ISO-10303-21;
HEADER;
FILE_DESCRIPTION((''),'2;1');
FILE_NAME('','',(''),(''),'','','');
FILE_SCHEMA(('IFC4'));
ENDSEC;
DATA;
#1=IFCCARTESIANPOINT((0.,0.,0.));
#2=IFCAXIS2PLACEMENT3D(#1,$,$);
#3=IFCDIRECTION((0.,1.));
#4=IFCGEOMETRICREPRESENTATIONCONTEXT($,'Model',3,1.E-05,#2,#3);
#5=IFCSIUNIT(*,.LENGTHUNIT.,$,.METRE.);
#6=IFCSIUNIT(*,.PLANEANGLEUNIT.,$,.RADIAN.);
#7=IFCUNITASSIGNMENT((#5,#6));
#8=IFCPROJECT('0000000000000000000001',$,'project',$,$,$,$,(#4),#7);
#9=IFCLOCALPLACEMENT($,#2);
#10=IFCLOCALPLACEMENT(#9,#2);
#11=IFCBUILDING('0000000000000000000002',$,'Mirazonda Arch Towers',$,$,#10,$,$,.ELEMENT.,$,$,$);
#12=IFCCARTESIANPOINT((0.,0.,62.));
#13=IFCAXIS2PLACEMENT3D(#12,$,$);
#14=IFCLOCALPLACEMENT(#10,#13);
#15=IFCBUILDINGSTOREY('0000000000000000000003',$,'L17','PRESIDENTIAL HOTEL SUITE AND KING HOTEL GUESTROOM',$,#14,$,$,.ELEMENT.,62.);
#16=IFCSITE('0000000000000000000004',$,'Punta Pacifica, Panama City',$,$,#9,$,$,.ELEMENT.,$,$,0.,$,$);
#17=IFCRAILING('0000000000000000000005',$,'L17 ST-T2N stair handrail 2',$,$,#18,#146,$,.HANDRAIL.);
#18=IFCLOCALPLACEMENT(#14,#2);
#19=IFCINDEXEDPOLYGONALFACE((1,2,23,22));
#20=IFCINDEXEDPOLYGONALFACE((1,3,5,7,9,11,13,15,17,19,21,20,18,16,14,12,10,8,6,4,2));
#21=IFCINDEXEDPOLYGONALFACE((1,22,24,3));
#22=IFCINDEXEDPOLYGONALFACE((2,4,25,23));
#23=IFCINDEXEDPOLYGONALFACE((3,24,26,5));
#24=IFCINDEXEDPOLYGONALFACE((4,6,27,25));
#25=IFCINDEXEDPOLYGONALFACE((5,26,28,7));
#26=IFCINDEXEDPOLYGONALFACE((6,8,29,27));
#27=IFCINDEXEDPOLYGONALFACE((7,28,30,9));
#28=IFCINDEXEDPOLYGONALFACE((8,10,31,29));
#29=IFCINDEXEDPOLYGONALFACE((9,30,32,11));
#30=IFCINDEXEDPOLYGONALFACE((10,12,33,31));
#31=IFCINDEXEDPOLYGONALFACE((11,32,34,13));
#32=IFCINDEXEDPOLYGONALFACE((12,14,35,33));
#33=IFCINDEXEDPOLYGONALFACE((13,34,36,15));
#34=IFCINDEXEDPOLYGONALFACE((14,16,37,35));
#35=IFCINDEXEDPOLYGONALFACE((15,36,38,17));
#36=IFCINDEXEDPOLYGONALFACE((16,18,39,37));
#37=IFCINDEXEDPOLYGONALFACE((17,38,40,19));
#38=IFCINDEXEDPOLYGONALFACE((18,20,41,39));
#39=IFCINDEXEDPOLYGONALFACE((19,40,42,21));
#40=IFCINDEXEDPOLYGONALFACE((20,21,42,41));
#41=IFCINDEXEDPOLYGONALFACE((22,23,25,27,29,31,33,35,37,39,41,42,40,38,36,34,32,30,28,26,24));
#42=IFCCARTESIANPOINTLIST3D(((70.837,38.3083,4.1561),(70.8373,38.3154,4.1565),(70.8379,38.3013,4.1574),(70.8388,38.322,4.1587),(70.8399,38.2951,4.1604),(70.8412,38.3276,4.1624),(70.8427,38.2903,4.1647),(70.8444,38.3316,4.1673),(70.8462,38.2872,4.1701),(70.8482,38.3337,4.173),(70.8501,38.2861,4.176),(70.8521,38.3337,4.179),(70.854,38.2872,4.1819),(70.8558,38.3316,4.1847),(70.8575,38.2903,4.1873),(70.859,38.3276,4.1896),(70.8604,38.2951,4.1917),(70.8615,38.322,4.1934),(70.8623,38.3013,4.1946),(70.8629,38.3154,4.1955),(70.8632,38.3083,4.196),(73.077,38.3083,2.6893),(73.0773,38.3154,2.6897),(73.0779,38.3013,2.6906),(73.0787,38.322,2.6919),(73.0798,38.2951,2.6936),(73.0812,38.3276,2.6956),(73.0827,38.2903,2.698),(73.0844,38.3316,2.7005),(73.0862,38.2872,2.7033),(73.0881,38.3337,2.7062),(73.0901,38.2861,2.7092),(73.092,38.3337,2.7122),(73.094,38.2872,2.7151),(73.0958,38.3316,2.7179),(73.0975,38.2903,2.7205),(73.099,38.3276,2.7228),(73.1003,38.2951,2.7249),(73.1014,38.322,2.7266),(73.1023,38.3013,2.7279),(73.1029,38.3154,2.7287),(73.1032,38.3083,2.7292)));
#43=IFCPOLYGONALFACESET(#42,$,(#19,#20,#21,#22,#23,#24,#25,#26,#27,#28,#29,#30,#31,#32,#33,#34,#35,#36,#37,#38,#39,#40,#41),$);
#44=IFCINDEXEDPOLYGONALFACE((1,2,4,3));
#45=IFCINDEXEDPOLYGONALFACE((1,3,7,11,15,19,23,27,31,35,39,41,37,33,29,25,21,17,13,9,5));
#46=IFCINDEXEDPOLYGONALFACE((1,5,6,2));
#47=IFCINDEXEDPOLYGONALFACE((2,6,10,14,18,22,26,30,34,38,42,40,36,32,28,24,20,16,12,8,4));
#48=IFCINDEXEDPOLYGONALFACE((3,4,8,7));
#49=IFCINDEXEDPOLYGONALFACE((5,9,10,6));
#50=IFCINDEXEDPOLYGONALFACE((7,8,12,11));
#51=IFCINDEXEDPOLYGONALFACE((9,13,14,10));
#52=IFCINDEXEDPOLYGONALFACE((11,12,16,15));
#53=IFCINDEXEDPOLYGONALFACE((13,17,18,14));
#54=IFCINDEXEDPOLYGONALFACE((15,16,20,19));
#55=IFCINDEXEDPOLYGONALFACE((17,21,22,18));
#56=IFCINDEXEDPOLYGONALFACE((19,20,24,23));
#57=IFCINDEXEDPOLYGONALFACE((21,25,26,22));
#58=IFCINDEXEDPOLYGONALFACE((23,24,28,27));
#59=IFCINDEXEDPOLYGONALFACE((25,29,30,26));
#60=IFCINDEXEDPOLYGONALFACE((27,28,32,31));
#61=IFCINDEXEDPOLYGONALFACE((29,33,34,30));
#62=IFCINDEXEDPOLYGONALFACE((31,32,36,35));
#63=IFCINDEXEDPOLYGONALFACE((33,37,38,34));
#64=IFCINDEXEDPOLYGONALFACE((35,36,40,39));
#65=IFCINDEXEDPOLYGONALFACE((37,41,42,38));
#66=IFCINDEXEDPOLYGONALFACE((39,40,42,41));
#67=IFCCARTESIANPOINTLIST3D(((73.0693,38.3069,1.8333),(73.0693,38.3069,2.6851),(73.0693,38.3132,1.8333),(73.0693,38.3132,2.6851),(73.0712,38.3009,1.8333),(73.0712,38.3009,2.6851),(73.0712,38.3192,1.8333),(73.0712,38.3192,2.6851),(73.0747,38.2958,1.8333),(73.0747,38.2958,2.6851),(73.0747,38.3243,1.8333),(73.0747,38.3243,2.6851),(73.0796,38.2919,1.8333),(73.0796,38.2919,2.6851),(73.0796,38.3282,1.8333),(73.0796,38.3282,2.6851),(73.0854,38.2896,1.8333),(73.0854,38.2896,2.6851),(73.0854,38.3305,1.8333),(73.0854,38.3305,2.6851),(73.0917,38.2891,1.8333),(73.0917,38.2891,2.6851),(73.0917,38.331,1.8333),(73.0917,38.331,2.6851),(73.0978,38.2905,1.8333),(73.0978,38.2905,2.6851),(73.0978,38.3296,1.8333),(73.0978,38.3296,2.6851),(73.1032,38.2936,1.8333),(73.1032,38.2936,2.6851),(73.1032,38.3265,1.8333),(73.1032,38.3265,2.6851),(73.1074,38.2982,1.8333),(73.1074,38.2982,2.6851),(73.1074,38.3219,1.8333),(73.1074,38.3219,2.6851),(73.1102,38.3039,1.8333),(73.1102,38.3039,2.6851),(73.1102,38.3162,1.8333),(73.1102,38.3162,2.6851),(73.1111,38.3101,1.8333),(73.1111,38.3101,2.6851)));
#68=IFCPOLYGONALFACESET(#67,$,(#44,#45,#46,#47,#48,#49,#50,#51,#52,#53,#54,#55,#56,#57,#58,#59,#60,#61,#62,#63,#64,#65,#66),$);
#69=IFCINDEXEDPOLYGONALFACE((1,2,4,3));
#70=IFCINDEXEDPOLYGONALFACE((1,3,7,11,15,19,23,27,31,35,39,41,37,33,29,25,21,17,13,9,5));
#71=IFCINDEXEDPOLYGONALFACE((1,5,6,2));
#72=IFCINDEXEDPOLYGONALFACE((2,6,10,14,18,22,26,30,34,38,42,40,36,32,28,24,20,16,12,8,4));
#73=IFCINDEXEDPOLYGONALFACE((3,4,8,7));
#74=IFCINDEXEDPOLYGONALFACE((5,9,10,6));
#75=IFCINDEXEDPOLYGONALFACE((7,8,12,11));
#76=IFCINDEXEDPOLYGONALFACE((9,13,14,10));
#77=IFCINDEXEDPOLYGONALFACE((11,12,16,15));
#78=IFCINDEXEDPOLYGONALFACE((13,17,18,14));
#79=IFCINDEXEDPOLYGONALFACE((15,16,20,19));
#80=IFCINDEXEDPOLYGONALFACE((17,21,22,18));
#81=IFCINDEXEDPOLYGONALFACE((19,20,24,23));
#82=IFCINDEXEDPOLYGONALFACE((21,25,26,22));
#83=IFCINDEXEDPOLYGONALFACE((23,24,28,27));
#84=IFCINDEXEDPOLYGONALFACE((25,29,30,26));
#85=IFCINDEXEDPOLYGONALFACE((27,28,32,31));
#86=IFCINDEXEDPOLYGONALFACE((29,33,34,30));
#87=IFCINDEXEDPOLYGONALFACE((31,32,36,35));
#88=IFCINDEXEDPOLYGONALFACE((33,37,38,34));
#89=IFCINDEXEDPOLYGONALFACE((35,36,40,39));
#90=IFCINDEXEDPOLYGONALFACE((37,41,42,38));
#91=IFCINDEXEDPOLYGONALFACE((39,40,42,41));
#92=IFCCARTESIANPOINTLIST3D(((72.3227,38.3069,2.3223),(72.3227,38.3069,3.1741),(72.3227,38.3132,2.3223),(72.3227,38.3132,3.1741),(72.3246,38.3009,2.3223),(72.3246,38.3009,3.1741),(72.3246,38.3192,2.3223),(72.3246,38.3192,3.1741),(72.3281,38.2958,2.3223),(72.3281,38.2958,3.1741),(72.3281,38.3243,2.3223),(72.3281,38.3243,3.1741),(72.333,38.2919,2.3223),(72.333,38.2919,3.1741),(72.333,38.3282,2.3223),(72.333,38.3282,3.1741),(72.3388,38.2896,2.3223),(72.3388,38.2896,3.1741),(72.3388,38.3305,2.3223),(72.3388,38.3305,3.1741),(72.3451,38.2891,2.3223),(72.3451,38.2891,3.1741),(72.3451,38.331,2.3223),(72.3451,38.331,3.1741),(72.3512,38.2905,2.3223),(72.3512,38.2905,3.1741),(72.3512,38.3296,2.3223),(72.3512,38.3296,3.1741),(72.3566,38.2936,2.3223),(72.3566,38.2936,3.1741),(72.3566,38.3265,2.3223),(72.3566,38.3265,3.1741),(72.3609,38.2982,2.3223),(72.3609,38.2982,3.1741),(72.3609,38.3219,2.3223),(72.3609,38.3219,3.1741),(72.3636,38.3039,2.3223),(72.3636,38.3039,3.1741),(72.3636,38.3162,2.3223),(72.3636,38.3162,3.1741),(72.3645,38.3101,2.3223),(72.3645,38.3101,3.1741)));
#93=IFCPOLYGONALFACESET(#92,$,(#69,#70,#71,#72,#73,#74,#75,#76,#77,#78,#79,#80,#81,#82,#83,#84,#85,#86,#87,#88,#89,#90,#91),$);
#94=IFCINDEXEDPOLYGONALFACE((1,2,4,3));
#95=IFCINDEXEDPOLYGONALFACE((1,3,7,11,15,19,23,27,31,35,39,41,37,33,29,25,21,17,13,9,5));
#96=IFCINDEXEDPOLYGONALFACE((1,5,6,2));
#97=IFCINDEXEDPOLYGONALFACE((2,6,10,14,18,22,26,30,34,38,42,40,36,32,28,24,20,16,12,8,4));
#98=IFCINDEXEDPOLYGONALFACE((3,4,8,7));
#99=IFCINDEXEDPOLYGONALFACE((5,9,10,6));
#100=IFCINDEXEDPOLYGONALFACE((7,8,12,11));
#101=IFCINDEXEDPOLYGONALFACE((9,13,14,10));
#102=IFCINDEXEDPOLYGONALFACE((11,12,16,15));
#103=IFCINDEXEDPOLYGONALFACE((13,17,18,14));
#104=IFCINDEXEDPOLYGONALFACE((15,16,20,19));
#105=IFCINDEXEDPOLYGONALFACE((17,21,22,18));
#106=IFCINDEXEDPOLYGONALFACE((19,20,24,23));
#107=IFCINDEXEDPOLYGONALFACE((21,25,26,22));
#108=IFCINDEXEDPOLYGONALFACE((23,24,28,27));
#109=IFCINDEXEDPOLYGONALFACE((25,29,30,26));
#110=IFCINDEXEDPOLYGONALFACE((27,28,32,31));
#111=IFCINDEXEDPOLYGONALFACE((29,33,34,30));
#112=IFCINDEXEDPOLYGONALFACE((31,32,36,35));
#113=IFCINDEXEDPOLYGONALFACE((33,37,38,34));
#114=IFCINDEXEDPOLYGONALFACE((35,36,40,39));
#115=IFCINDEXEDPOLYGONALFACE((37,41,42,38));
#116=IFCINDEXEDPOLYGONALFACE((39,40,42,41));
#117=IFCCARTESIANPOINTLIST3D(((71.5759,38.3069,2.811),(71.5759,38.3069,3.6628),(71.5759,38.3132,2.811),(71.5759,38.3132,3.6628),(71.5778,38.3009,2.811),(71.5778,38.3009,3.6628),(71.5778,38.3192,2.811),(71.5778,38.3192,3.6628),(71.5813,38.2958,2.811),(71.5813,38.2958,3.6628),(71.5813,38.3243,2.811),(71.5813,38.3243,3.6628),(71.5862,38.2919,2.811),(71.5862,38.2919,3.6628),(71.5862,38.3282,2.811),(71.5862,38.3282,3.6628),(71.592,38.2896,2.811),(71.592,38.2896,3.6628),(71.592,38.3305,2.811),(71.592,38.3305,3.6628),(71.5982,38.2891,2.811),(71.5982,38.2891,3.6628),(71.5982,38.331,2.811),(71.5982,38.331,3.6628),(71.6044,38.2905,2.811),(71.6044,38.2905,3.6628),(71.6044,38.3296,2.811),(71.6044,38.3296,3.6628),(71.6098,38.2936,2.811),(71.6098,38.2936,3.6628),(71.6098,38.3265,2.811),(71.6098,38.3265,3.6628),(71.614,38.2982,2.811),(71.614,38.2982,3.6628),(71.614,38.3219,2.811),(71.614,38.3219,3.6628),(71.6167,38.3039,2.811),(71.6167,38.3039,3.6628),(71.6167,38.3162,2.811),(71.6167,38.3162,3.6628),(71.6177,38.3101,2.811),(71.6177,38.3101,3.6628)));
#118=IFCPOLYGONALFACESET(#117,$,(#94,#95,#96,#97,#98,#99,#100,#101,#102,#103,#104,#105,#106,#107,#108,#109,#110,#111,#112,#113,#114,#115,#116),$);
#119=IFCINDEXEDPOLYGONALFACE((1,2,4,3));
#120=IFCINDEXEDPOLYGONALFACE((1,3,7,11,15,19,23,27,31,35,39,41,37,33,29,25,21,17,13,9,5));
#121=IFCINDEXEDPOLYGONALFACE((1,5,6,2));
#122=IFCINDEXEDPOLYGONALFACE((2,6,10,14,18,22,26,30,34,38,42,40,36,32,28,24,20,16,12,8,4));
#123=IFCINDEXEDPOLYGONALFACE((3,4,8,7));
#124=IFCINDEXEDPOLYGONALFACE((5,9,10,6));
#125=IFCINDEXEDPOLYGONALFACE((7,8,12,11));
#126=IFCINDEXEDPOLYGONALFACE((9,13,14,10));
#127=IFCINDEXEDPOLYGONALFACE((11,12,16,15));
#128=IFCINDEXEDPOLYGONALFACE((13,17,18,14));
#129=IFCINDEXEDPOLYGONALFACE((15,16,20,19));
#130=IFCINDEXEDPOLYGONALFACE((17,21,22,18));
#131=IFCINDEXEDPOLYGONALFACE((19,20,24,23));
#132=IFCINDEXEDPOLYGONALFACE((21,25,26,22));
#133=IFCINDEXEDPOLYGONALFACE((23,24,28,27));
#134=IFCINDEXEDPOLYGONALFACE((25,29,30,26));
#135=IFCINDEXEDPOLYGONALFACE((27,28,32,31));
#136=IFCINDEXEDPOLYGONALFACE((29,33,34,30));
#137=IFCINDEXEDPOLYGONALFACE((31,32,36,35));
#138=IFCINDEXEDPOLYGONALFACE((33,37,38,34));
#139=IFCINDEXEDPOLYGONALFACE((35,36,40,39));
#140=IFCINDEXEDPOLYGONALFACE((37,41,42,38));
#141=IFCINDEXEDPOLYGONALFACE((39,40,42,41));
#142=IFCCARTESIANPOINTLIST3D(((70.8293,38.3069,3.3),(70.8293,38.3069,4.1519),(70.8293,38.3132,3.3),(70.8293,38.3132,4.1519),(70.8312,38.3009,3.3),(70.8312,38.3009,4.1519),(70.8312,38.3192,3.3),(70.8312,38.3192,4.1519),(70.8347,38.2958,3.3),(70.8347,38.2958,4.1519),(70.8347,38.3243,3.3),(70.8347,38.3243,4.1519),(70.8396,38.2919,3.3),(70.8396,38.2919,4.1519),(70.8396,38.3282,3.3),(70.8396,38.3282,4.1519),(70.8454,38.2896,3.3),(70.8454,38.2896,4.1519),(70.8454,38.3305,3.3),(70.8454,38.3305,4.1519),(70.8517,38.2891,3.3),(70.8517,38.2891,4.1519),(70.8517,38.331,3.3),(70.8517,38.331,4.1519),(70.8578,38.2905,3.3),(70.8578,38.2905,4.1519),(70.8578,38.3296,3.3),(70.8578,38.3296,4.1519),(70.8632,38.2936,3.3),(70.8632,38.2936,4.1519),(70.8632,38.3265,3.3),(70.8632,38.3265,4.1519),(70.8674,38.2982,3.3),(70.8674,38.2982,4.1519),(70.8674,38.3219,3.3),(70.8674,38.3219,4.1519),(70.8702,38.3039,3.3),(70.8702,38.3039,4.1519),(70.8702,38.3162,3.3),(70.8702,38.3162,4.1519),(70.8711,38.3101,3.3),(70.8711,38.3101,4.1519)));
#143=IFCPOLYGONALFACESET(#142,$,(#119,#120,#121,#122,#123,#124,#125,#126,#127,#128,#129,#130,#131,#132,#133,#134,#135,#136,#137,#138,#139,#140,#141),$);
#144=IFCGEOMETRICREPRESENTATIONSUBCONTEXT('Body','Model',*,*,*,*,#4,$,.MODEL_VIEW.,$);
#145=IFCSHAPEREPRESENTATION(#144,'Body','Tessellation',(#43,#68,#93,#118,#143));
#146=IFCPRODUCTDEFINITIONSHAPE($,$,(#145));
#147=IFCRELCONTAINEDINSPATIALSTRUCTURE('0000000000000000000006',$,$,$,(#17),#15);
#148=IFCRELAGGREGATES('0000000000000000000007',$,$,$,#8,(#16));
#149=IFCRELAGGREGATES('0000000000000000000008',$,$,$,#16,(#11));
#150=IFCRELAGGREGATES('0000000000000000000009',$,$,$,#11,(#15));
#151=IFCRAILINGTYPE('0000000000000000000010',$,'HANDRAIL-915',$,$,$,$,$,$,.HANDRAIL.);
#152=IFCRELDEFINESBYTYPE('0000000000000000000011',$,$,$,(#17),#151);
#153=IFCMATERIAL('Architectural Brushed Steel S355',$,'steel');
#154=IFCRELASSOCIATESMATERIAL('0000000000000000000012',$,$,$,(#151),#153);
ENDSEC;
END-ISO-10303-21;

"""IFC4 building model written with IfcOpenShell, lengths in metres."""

from ifc_helpers import new_model, si_unit, direction, frame, origin, origin_2d, place, context, subcontext, project, spatial, circle, extrude, material, type_object, element, save


model = new_model("IFC4")

# Units and contexts
model_context = context("Model", 3, precision=1e-05, world=origin(), true_north=direction((0.0, 1.0)))
body_context = subcontext(model_context, "Body", "Model", "MODEL_VIEW")
ifc_project = project(units=[si_unit("LENGTHUNIT", "METRE"), si_unit("PLANEANGLEUNIT", "RADIAN")], contexts=[model_context])

# Site, building, storey
site_placement = place(None, origin())
site = spatial("IfcSite", under=ifc_project, at=site_placement, Name="Punta Pacifica, Panama City", CompositionType="ELEMENT", RefElevation=0.0)
building_placement = place(site_placement, origin())
building = spatial("IfcBuilding", under=site, at=building_placement, Name="Mirazonda Arch Towers", CompositionType="ELEMENT")
storey_placement = place(building_placement, frame((0.0, 0.0, 62.0)))
storey = spatial("IfcBuildingStorey", under=building, at=storey_placement, Name="L17", Description="PRESIDENTIAL HOTEL SUITE AND KING HOTEL GUESTROOM", CompositionType="ELEMENT", Elevation=62.0)

# Shared definitions
ifc_material_1 = material(Name="Architectural Brushed Steel S355", Category="steel")

# Railing
railing_type_1 = type_object("IfcRailingType", Name="HANDRAIL-915", PredefinedType="HANDRAIL", material=ifc_material_1)
railing_1_placement = place(storey_placement, frame((73.0901, 38.3101, 1.8333)))
element("IfcRailing", 1, at=railing_1_placement, inside=storey, type_object=railing_type_1, Name="L17 ST-T2N stair handrail 2", PredefinedType="HANDRAIL", context=body_context, shape_type="SweptSolid", body=[
    extrude(circle(Radius=0.0239, at=origin_2d()), frame((0.0, 0.0, 0.876), z_axis=(-0.836595, 0.0, 0.547822), x_axis=(0.0, -1.0, 0.0)), (0.0, 0.0, 1.0), 2.6775),
    extrude(circle(Radius=0.021, at=origin_2d()), origin(), (0.0, 0.0, 1.0), 0.8518),
    extrude(circle(Radius=0.021, at=origin_2d()), frame((-0.7466, 0.0, 0.489)), (0.0, 0.0, 1.0), 0.8518),
    extrude(circle(Radius=0.021, at=origin_2d()), frame((-1.4934, 0.0, 0.9778)), (0.0, 0.0, 1.0), 0.8518),
    extrude(circle(Radius=0.021, at=origin_2d()), frame((-2.24, 0.0, 1.4668)), (0.0, 0.0, 1.0), 0.8518),
])

save(model, "model.ifc")
